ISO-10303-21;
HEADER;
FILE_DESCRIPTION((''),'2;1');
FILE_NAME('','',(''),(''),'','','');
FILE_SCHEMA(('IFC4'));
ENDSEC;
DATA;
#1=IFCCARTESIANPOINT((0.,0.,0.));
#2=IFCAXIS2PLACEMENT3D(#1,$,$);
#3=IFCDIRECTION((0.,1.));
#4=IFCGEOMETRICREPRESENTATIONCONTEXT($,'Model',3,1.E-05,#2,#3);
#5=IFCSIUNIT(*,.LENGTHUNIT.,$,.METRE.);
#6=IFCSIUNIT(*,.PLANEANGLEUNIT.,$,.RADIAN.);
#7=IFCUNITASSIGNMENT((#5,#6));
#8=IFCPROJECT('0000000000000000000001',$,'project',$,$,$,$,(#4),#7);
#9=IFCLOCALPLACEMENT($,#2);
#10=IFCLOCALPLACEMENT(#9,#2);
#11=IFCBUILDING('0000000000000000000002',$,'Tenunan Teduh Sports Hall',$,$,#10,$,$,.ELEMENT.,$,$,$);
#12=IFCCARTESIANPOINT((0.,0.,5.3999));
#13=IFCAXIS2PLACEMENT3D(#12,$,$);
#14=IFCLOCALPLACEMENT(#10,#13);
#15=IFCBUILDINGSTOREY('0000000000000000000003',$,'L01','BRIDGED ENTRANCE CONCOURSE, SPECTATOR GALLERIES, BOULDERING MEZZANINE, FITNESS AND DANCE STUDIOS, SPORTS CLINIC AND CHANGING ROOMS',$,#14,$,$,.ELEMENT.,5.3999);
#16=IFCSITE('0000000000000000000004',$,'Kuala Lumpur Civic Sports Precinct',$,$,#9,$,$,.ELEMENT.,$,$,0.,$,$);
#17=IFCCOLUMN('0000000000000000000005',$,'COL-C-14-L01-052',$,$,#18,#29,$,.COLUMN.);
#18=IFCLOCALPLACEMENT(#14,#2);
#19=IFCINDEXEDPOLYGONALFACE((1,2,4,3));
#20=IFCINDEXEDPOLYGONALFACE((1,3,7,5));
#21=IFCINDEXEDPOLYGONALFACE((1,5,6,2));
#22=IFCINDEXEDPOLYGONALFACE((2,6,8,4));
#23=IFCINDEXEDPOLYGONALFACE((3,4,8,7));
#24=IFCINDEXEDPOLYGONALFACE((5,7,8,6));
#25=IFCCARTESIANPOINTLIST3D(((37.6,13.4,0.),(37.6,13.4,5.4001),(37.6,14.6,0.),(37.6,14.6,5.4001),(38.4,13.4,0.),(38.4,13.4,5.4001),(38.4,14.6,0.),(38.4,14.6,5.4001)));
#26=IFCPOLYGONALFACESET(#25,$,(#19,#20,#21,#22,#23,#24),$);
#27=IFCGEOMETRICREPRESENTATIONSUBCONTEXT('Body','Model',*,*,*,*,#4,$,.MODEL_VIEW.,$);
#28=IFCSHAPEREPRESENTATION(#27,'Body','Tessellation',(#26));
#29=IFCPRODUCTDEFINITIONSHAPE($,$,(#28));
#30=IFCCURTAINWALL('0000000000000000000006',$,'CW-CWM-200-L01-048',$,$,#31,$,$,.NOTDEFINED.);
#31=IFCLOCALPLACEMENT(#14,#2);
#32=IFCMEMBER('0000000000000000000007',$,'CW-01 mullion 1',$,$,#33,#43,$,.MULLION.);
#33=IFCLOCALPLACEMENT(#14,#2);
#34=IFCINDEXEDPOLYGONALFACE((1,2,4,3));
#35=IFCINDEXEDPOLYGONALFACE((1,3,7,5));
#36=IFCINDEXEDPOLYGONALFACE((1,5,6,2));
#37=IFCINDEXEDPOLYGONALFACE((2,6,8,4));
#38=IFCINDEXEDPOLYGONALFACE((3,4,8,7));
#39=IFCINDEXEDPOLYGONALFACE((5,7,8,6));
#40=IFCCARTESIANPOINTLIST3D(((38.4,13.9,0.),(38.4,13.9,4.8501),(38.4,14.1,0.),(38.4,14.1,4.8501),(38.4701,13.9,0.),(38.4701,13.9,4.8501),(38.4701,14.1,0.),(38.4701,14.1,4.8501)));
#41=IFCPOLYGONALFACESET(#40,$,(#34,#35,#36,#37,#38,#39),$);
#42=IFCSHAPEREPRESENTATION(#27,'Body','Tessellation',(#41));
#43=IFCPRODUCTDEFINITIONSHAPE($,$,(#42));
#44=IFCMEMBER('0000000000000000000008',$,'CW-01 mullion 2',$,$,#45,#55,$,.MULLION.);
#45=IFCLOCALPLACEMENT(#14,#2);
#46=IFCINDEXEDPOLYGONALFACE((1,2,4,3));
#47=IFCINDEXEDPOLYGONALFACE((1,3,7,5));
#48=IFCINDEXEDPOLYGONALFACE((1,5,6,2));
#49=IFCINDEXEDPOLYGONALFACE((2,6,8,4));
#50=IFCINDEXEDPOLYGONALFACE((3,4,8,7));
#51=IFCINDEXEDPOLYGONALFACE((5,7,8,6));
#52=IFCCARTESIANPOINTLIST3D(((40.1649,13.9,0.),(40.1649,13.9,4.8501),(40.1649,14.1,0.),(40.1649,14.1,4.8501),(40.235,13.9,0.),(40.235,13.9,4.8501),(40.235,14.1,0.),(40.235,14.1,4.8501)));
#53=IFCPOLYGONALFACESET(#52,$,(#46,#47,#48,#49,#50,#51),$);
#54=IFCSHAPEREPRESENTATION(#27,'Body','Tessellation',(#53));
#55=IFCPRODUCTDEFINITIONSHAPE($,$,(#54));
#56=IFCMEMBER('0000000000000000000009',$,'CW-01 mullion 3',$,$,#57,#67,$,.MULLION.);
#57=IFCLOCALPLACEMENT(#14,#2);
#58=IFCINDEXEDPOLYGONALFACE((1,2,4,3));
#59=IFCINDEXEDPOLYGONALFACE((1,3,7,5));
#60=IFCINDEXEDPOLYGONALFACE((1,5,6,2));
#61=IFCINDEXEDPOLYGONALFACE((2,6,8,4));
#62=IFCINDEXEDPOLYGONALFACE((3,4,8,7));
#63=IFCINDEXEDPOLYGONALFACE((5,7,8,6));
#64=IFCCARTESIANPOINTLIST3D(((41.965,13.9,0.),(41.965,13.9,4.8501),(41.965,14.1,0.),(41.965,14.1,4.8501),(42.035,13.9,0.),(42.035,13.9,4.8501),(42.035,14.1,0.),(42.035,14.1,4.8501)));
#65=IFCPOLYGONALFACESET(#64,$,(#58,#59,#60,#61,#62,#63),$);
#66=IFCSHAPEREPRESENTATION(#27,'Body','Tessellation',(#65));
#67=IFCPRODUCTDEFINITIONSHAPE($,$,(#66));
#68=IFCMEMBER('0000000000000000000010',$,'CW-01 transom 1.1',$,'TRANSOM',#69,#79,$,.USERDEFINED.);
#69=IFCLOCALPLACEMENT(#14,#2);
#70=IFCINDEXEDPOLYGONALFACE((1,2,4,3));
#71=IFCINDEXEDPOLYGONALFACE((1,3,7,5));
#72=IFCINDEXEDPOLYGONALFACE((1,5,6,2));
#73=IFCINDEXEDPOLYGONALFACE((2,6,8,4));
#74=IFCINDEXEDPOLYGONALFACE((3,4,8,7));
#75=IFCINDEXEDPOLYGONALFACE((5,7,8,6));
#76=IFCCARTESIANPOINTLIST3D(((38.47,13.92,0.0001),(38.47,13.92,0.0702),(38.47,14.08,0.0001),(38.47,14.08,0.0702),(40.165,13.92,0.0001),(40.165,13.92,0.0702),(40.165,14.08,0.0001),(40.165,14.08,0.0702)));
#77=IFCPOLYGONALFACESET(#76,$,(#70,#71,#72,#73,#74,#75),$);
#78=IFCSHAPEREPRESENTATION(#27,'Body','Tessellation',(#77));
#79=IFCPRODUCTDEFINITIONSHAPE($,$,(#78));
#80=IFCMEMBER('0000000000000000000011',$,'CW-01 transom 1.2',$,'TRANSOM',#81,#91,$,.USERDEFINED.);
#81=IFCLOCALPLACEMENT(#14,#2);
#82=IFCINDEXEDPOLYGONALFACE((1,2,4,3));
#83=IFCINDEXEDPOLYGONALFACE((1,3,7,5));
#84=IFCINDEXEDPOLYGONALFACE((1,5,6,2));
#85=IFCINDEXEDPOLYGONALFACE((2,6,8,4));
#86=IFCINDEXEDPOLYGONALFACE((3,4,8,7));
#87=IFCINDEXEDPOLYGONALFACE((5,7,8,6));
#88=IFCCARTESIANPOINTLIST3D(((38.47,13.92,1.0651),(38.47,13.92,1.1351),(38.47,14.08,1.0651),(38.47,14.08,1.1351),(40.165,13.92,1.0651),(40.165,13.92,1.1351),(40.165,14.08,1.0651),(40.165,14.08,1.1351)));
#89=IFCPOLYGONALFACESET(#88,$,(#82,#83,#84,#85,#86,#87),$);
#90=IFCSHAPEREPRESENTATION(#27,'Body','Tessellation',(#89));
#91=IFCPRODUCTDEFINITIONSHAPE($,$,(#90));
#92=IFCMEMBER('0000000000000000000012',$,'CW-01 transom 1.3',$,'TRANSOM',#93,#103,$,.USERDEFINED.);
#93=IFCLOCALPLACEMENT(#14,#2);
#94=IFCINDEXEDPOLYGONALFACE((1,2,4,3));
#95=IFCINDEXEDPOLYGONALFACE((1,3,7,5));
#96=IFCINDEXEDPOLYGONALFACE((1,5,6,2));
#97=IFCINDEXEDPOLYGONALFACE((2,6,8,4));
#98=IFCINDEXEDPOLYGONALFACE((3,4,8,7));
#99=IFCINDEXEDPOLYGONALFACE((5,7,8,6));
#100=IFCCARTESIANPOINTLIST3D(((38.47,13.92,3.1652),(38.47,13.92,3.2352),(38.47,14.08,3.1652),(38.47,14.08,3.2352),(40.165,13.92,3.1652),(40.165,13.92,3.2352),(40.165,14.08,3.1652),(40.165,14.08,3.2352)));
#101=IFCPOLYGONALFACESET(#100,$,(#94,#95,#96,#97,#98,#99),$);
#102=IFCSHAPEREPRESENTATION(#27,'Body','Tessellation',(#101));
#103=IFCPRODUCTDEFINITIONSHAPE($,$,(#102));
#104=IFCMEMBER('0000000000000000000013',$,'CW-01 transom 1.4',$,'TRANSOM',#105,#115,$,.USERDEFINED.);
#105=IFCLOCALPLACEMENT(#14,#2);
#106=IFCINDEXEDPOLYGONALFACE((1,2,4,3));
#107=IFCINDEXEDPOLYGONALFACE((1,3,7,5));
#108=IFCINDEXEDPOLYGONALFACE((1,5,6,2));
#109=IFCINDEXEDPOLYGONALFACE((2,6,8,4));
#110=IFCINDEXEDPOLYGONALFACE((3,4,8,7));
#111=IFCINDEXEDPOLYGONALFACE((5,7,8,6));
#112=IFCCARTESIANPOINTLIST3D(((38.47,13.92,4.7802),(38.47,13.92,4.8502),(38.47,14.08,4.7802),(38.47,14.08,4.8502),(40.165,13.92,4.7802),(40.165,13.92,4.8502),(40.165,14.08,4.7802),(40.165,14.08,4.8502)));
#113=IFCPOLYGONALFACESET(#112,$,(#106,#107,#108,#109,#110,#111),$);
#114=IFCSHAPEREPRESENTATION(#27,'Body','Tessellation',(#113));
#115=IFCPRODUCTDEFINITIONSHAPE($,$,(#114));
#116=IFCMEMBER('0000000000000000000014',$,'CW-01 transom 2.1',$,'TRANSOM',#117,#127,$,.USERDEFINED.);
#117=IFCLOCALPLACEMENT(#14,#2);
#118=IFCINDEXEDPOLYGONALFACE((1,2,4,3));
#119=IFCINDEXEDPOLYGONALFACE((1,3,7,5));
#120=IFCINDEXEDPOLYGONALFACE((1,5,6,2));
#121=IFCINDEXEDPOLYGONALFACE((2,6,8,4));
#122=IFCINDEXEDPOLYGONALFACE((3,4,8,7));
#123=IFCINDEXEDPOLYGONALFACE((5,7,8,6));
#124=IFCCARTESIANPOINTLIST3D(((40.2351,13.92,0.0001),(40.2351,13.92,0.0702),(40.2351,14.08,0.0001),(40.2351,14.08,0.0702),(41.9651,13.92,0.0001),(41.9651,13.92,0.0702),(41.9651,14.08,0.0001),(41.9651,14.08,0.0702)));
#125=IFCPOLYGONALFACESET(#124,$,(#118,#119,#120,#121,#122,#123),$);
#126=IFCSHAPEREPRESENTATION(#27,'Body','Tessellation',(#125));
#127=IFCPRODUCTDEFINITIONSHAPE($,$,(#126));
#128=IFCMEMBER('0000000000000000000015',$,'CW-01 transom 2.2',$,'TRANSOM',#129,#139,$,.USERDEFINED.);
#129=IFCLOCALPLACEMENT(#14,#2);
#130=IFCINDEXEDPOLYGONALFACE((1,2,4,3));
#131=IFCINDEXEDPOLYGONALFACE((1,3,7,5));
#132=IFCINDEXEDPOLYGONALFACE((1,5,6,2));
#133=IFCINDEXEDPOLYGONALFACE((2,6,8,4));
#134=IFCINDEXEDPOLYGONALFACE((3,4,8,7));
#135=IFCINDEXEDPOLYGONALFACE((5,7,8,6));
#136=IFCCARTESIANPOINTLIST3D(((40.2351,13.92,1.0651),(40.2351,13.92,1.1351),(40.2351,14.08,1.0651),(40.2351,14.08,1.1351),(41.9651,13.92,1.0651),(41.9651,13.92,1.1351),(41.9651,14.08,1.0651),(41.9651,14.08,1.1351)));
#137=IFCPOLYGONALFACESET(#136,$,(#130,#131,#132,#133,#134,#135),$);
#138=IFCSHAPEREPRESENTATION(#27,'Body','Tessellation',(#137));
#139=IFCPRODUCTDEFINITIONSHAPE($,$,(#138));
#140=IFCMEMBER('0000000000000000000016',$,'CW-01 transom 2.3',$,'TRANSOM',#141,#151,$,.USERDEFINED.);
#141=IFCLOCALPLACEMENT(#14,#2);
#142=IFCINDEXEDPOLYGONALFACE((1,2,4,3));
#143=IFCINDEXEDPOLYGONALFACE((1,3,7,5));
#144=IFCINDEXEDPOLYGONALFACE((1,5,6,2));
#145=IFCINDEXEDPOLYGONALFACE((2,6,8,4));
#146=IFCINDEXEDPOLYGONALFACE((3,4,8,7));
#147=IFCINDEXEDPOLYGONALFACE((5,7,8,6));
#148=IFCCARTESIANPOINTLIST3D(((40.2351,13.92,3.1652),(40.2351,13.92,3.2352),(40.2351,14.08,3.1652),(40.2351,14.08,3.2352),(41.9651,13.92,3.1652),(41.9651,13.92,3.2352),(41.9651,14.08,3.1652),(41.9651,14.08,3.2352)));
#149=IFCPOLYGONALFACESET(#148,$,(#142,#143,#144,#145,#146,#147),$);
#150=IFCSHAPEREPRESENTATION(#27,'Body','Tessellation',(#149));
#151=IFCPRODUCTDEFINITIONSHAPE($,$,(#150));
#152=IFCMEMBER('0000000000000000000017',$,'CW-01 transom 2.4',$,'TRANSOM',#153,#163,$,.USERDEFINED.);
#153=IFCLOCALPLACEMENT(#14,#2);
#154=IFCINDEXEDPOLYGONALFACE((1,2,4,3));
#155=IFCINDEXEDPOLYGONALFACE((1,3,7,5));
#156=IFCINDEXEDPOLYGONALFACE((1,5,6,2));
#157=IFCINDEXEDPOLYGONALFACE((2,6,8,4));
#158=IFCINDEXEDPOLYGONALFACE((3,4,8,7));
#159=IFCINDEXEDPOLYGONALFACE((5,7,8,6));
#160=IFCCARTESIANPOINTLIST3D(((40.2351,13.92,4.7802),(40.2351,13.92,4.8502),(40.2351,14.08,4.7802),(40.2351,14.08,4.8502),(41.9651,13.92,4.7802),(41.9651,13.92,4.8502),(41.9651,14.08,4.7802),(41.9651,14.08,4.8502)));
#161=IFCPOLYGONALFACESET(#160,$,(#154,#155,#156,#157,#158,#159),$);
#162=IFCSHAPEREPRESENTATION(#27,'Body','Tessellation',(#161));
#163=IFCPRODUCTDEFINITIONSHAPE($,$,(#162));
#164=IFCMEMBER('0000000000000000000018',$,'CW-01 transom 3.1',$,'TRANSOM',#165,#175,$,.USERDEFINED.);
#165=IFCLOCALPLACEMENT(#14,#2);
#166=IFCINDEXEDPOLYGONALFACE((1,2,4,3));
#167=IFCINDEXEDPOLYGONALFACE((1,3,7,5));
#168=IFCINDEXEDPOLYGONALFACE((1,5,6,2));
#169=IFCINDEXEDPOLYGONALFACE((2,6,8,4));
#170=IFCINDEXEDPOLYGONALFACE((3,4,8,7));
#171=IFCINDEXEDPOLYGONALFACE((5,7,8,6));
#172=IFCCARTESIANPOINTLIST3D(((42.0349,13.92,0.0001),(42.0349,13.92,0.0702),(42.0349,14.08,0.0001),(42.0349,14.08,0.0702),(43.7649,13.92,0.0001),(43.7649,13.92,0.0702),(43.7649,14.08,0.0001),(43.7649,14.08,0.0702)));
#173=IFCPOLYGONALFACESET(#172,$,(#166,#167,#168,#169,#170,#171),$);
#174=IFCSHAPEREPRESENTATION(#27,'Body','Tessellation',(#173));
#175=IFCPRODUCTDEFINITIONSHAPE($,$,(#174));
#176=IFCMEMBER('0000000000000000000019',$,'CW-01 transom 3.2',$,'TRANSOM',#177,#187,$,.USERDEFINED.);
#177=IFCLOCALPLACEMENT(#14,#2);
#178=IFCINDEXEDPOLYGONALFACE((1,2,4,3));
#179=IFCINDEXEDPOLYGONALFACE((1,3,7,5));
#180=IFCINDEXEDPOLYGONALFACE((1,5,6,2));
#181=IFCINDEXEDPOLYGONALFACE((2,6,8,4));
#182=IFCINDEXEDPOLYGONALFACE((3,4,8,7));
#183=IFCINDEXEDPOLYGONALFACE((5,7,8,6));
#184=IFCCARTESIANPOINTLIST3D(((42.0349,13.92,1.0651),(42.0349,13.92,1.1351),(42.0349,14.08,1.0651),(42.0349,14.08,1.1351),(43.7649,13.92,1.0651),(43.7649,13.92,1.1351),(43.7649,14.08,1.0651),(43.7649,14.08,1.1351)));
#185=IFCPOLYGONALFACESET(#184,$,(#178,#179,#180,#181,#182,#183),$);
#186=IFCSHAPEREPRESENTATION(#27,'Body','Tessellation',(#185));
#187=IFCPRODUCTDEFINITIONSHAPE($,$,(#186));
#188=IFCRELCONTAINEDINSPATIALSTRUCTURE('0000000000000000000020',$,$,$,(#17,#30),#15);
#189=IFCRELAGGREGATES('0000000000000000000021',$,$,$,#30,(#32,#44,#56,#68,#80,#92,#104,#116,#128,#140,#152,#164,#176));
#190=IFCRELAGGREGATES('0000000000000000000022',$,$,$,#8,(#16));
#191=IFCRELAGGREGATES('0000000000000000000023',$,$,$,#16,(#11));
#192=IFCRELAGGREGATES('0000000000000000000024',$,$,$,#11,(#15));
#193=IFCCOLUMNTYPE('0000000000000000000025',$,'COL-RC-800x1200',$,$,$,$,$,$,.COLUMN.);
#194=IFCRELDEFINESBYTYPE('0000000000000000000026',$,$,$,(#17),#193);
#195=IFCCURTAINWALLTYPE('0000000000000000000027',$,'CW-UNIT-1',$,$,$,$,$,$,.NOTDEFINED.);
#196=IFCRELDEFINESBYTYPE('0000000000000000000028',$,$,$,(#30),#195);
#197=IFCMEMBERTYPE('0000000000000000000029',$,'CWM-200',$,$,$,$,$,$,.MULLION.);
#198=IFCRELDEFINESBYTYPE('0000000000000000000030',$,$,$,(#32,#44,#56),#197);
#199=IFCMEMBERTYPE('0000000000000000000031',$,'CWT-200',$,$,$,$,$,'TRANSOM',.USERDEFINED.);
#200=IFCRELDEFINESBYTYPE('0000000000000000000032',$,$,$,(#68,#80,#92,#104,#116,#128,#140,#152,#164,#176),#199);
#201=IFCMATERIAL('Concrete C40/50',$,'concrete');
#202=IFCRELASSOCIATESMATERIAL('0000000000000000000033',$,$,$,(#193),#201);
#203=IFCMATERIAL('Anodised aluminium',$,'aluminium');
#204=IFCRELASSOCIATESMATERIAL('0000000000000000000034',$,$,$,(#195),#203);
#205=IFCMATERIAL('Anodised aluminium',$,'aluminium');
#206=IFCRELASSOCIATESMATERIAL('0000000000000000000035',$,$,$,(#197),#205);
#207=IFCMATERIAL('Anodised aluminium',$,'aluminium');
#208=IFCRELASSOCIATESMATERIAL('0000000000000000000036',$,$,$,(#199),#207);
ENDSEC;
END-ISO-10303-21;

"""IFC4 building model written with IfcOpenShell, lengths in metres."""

from ifc_helpers import new_model, si_unit, direction, frame, origin, origin_2d, place, context, subcontext, project, spatial, rectangle, extrude, material, material_profile, profile_set, type_object, element, aggregate, save


model = new_model("IFC4")

# Units and contexts
model_context = context("Model", 3, precision=1e-05, world=origin(), true_north=direction((0.0, 1.0)))
body_context = subcontext(model_context, "Body", "Model", "MODEL_VIEW")
ifc_project = project(units=[si_unit("LENGTHUNIT", "METRE"), si_unit("PLANEANGLEUNIT", "RADIAN")], contexts=[model_context])

# Site, building, storey
site_placement = place(None, origin())
site = spatial("IfcSite", under=ifc_project, at=site_placement, Name="Kuala Lumpur Civic Sports Precinct", CompositionType="ELEMENT", RefElevation=0.0)
building_placement = place(site_placement, origin())
building = spatial("IfcBuilding", under=site, at=building_placement, Name="Tenunan Teduh Sports Hall", CompositionType="ELEMENT")
storey_placement = place(building_placement, frame((0.0, 0.0, 5.3999)))
storey = spatial("IfcBuildingStorey", under=building, at=storey_placement, Name="L01", Description="BRIDGED ENTRANCE CONCOURSE, SPECTATOR GALLERIES, BOULDERING MEZZANINE, FITNESS AND DANCE STUDIOS, SPORTS CLINIC AND CHANGING ROOMS", CompositionType="ELEMENT", Elevation=5.3999)

# Column
ifc_material_1 = material(Name="Concrete C40/50", Category="concrete")
ifc_material_profile_1 = material_profile(ifc_material_1, rectangle(XDim=0.8, YDim=1.2, at=origin_2d()), Name="RC 800x1200")
ifc_profile_set_1 = profile_set([ifc_material_profile_1], Name="Concrete C40/50")
column_type = type_object("IfcColumnType", Name="COL-RC-800x1200", PredefinedType="COLUMN", material=ifc_profile_set_1)
column_placement = place(storey_placement, frame((38.0, 14.0, 0.0), z_axis=(0.0, 0.0, 1.0), x_axis=(1.0, 0.0, 0.0)))
element("IfcColumn", 1, at=column_placement, inside=storey, type_object=column_type, Name="COL-C-14-L01-052", PredefinedType="COLUMN", context=body_context, shape_type="SweptSolid", body=[
    extrude(rectangle(XDim=0.8, YDim=1.2, at=origin_2d()), origin(), (0.0, 0.0, 1.0), 5.4001),
])

# Curtain wall, members
ifc_material_2 = material(Name="Anodised aluminium", Category="aluminium")
curtain_wall_type = type_object("IfcCurtainWallType", Name="CW-UNIT-1", PredefinedType="NOTDEFINED", material=ifc_material_2)
curtain_wall_placement = place(storey_placement, origin())
curtain_wall = element("IfcCurtainWall", 2, at=curtain_wall_placement, inside=storey, type_object=curtain_wall_type, Name="CW-CWM-200-L01-048", PredefinedType="NOTDEFINED")
ifc_material_3 = material(Name="Anodised aluminium", Category="aluminium")
ifc_material_profile_2 = material_profile(ifc_material_3, rectangle(XDim=0.0701, YDim=0.2, at=origin_2d()), Name="CWM 70x200")
ifc_profile_set_2 = profile_set([ifc_material_profile_2], Name="Anodised aluminium")
member_type_1 = type_object("IfcMemberType", Name="CWM-200", PredefinedType="MULLION", material=ifc_profile_set_2)
member_1_placement = place(storey_placement, frame((38.4351, 14.0, 0.0), z_axis=(0.0, 0.0, 1.0), x_axis=(1.0, 0.0, 0.0)))
member_1 = element("IfcMember", 3, at=member_1_placement, type_object=member_type_1, Name="CW-01 mullion 1", PredefinedType="MULLION", context=body_context, shape_type="SweptSolid", body=[
    extrude(rectangle(XDim=0.0701, YDim=0.2, at=origin_2d()), origin(), (0.0, 0.0, 1.0), 4.8501),
])
member_2_placement = place(storey_placement, frame((40.2, 14.0, 0.0), z_axis=(0.0, 0.0, 1.0), x_axis=(1.0, 0.0, 0.0)))
member_2 = element("IfcMember", 4, at=member_2_placement, type_object=member_type_1, Name="CW-01 mullion 2", PredefinedType="MULLION", context=body_context, shape_type="SweptSolid", body=[
    extrude(rectangle(XDim=0.0701, YDim=0.2, at=origin_2d()), origin(), (0.0, 0.0, 1.0), 4.8501),
])
member_3_placement = place(storey_placement, frame((42.0, 14.0, 0.0), z_axis=(0.0, 0.0, 1.0), x_axis=(1.0, 0.0, 0.0)))
member_3 = element("IfcMember", 5, at=member_3_placement, type_object=member_type_1, Name="CW-01 mullion 3", PredefinedType="MULLION", context=body_context, shape_type="SweptSolid", body=[
    extrude(rectangle(XDim=0.0701, YDim=0.2, at=origin_2d()), origin(), (0.0, 0.0, 1.0), 4.8501),
])
ifc_material_4 = material(Name="Anodised aluminium", Category="aluminium")
ifc_material_profile_3 = material_profile(ifc_material_4, rectangle(XDim=0.0701, YDim=0.1599, at=origin_2d()), Name="CWT 70x160")
ifc_profile_set_3 = profile_set([ifc_material_profile_3], Name="Anodised aluminium")
member_type_2 = type_object("IfcMemberType", Name="CWT-200", ElementType="TRANSOM", PredefinedType="USERDEFINED", material=ifc_profile_set_3)
member_4_placement = place(storey_placement, frame((38.47, 14.0, 0.0352), z_axis=(1.0, 0.0, 0.0), x_axis=(0.0, 0.0, 1.0)))
member_4 = element("IfcMember", 6, at=member_4_placement, type_object=member_type_2, Name="CW-01 transom 1.1", ObjectType="TRANSOM", PredefinedType="USERDEFINED", context=body_context, shape_type="SweptSolid", body=[
    extrude(rectangle(XDim=0.0701, YDim=0.1599, at=origin_2d()), origin(), (0.0, 0.0, 1.0), 1.6951),
])
member_5_placement = place(storey_placement, frame((38.47, 14.0, 1.1001), z_axis=(1.0, 0.0, 0.0), x_axis=(0.0, 0.0, 1.0)))
member_5 = element("IfcMember", 7, at=member_5_placement, type_object=member_type_2, Name="CW-01 transom 1.2", ObjectType="TRANSOM", PredefinedType="USERDEFINED", context=body_context, shape_type="SweptSolid", body=[
    extrude(rectangle(XDim=0.0701, YDim=0.1599, at=origin_2d()), origin(), (0.0, 0.0, 1.0), 1.6951),
])
member_6_placement = place(storey_placement, frame((38.47, 14.0, 3.2002), z_axis=(1.0, 0.0, 0.0), x_axis=(0.0, 0.0, 1.0)))
member_6 = element("IfcMember", 8, at=member_6_placement, type_object=member_type_2, Name="CW-01 transom 1.3", ObjectType="TRANSOM", PredefinedType="USERDEFINED", context=body_context, shape_type="SweptSolid", body=[
    extrude(rectangle(XDim=0.0701, YDim=0.1599, at=origin_2d()), origin(), (0.0, 0.0, 1.0), 1.6951),
])
member_7_placement = place(storey_placement, frame((38.47, 14.0, 4.8152), z_axis=(1.0, 0.0, 0.0), x_axis=(0.0, 0.0, 1.0)))
member_7 = element("IfcMember", 9, at=member_7_placement, type_object=member_type_2, Name="CW-01 transom 1.4", ObjectType="TRANSOM", PredefinedType="USERDEFINED", context=body_context, shape_type="SweptSolid", body=[
    extrude(rectangle(XDim=0.0701, YDim=0.1599, at=origin_2d()), origin(), (0.0, 0.0, 1.0), 1.6951),
])
member_8_placement = place(storey_placement, frame((40.2351, 14.0, 0.0352), z_axis=(1.0, 0.0, 0.0), x_axis=(0.0, 0.0, 1.0)))
member_8 = element("IfcMember", 10, at=member_8_placement, type_object=member_type_2, Name="CW-01 transom 2.1", ObjectType="TRANSOM", PredefinedType="USERDEFINED", context=body_context, shape_type="SweptSolid", body=[
    extrude(rectangle(XDim=0.0701, YDim=0.1599, at=origin_2d()), origin(), (0.0, 0.0, 1.0), 1.73),
])
member_9_placement = place(storey_placement, frame((40.2351, 14.0, 1.1001), z_axis=(1.0, 0.0, 0.0), x_axis=(0.0, 0.0, 1.0)))
member_9 = element("IfcMember", 11, at=member_9_placement, type_object=member_type_2, Name="CW-01 transom 2.2", ObjectType="TRANSOM", PredefinedType="USERDEFINED", context=body_context, shape_type="SweptSolid", body=[
    extrude(rectangle(XDim=0.0701, YDim=0.1599, at=origin_2d()), origin(), (0.0, 0.0, 1.0), 1.73),
])
member_10_placement = place(storey_placement, frame((40.2351, 14.0, 3.2002), z_axis=(1.0, 0.0, 0.0), x_axis=(0.0, 0.0, 1.0)))
member_10 = element("IfcMember", 12, at=member_10_placement, type_object=member_type_2, Name="CW-01 transom 2.3", ObjectType="TRANSOM", PredefinedType="USERDEFINED", context=body_context, shape_type="SweptSolid", body=[
    extrude(rectangle(XDim=0.0701, YDim=0.1599, at=origin_2d()), origin(), (0.0, 0.0, 1.0), 1.73),
])
member_11_placement = place(storey_placement, frame((40.2351, 14.0, 4.8152), z_axis=(1.0, 0.0, 0.0), x_axis=(0.0, 0.0, 1.0)))
member_11 = element("IfcMember", 13, at=member_11_placement, type_object=member_type_2, Name="CW-01 transom 2.4", ObjectType="TRANSOM", PredefinedType="USERDEFINED", context=body_context, shape_type="SweptSolid", body=[
    extrude(rectangle(XDim=0.0701, YDim=0.1599, at=origin_2d()), origin(), (0.0, 0.0, 1.0), 1.73),
])
member_12_placement = place(storey_placement, frame((42.0349, 14.0, 0.0352), z_axis=(1.0, 0.0, 0.0), x_axis=(0.0, 0.0, 1.0)))
member_12 = element("IfcMember", 14, at=member_12_placement, type_object=member_type_2, Name="CW-01 transom 3.1", ObjectType="TRANSOM", PredefinedType="USERDEFINED", context=body_context, shape_type="SweptSolid", body=[
    extrude(rectangle(XDim=0.0701, YDim=0.1599, at=origin_2d()), origin(), (0.0, 0.0, 1.0), 1.73),
])
member_13_placement = place(storey_placement, frame((42.0349, 14.0, 1.1001), z_axis=(1.0, 0.0, 0.0), x_axis=(0.0, 0.0, 1.0)))
member_13 = element("IfcMember", 15, at=member_13_placement, type_object=member_type_2, Name="CW-01 transom 3.2", ObjectType="TRANSOM", PredefinedType="USERDEFINED", context=body_context, shape_type="SweptSolid", body=[
    extrude(rectangle(XDim=0.0701, YDim=0.1599, at=origin_2d()), origin(), (0.0, 0.0, 1.0), 1.73),
])

aggregate(curtain_wall, [member_1, member_2, member_3, member_4, member_5, member_6, member_7, member_8, member_9, member_10, member_11, member_12, member_13])

save(model, "model.ifc")
